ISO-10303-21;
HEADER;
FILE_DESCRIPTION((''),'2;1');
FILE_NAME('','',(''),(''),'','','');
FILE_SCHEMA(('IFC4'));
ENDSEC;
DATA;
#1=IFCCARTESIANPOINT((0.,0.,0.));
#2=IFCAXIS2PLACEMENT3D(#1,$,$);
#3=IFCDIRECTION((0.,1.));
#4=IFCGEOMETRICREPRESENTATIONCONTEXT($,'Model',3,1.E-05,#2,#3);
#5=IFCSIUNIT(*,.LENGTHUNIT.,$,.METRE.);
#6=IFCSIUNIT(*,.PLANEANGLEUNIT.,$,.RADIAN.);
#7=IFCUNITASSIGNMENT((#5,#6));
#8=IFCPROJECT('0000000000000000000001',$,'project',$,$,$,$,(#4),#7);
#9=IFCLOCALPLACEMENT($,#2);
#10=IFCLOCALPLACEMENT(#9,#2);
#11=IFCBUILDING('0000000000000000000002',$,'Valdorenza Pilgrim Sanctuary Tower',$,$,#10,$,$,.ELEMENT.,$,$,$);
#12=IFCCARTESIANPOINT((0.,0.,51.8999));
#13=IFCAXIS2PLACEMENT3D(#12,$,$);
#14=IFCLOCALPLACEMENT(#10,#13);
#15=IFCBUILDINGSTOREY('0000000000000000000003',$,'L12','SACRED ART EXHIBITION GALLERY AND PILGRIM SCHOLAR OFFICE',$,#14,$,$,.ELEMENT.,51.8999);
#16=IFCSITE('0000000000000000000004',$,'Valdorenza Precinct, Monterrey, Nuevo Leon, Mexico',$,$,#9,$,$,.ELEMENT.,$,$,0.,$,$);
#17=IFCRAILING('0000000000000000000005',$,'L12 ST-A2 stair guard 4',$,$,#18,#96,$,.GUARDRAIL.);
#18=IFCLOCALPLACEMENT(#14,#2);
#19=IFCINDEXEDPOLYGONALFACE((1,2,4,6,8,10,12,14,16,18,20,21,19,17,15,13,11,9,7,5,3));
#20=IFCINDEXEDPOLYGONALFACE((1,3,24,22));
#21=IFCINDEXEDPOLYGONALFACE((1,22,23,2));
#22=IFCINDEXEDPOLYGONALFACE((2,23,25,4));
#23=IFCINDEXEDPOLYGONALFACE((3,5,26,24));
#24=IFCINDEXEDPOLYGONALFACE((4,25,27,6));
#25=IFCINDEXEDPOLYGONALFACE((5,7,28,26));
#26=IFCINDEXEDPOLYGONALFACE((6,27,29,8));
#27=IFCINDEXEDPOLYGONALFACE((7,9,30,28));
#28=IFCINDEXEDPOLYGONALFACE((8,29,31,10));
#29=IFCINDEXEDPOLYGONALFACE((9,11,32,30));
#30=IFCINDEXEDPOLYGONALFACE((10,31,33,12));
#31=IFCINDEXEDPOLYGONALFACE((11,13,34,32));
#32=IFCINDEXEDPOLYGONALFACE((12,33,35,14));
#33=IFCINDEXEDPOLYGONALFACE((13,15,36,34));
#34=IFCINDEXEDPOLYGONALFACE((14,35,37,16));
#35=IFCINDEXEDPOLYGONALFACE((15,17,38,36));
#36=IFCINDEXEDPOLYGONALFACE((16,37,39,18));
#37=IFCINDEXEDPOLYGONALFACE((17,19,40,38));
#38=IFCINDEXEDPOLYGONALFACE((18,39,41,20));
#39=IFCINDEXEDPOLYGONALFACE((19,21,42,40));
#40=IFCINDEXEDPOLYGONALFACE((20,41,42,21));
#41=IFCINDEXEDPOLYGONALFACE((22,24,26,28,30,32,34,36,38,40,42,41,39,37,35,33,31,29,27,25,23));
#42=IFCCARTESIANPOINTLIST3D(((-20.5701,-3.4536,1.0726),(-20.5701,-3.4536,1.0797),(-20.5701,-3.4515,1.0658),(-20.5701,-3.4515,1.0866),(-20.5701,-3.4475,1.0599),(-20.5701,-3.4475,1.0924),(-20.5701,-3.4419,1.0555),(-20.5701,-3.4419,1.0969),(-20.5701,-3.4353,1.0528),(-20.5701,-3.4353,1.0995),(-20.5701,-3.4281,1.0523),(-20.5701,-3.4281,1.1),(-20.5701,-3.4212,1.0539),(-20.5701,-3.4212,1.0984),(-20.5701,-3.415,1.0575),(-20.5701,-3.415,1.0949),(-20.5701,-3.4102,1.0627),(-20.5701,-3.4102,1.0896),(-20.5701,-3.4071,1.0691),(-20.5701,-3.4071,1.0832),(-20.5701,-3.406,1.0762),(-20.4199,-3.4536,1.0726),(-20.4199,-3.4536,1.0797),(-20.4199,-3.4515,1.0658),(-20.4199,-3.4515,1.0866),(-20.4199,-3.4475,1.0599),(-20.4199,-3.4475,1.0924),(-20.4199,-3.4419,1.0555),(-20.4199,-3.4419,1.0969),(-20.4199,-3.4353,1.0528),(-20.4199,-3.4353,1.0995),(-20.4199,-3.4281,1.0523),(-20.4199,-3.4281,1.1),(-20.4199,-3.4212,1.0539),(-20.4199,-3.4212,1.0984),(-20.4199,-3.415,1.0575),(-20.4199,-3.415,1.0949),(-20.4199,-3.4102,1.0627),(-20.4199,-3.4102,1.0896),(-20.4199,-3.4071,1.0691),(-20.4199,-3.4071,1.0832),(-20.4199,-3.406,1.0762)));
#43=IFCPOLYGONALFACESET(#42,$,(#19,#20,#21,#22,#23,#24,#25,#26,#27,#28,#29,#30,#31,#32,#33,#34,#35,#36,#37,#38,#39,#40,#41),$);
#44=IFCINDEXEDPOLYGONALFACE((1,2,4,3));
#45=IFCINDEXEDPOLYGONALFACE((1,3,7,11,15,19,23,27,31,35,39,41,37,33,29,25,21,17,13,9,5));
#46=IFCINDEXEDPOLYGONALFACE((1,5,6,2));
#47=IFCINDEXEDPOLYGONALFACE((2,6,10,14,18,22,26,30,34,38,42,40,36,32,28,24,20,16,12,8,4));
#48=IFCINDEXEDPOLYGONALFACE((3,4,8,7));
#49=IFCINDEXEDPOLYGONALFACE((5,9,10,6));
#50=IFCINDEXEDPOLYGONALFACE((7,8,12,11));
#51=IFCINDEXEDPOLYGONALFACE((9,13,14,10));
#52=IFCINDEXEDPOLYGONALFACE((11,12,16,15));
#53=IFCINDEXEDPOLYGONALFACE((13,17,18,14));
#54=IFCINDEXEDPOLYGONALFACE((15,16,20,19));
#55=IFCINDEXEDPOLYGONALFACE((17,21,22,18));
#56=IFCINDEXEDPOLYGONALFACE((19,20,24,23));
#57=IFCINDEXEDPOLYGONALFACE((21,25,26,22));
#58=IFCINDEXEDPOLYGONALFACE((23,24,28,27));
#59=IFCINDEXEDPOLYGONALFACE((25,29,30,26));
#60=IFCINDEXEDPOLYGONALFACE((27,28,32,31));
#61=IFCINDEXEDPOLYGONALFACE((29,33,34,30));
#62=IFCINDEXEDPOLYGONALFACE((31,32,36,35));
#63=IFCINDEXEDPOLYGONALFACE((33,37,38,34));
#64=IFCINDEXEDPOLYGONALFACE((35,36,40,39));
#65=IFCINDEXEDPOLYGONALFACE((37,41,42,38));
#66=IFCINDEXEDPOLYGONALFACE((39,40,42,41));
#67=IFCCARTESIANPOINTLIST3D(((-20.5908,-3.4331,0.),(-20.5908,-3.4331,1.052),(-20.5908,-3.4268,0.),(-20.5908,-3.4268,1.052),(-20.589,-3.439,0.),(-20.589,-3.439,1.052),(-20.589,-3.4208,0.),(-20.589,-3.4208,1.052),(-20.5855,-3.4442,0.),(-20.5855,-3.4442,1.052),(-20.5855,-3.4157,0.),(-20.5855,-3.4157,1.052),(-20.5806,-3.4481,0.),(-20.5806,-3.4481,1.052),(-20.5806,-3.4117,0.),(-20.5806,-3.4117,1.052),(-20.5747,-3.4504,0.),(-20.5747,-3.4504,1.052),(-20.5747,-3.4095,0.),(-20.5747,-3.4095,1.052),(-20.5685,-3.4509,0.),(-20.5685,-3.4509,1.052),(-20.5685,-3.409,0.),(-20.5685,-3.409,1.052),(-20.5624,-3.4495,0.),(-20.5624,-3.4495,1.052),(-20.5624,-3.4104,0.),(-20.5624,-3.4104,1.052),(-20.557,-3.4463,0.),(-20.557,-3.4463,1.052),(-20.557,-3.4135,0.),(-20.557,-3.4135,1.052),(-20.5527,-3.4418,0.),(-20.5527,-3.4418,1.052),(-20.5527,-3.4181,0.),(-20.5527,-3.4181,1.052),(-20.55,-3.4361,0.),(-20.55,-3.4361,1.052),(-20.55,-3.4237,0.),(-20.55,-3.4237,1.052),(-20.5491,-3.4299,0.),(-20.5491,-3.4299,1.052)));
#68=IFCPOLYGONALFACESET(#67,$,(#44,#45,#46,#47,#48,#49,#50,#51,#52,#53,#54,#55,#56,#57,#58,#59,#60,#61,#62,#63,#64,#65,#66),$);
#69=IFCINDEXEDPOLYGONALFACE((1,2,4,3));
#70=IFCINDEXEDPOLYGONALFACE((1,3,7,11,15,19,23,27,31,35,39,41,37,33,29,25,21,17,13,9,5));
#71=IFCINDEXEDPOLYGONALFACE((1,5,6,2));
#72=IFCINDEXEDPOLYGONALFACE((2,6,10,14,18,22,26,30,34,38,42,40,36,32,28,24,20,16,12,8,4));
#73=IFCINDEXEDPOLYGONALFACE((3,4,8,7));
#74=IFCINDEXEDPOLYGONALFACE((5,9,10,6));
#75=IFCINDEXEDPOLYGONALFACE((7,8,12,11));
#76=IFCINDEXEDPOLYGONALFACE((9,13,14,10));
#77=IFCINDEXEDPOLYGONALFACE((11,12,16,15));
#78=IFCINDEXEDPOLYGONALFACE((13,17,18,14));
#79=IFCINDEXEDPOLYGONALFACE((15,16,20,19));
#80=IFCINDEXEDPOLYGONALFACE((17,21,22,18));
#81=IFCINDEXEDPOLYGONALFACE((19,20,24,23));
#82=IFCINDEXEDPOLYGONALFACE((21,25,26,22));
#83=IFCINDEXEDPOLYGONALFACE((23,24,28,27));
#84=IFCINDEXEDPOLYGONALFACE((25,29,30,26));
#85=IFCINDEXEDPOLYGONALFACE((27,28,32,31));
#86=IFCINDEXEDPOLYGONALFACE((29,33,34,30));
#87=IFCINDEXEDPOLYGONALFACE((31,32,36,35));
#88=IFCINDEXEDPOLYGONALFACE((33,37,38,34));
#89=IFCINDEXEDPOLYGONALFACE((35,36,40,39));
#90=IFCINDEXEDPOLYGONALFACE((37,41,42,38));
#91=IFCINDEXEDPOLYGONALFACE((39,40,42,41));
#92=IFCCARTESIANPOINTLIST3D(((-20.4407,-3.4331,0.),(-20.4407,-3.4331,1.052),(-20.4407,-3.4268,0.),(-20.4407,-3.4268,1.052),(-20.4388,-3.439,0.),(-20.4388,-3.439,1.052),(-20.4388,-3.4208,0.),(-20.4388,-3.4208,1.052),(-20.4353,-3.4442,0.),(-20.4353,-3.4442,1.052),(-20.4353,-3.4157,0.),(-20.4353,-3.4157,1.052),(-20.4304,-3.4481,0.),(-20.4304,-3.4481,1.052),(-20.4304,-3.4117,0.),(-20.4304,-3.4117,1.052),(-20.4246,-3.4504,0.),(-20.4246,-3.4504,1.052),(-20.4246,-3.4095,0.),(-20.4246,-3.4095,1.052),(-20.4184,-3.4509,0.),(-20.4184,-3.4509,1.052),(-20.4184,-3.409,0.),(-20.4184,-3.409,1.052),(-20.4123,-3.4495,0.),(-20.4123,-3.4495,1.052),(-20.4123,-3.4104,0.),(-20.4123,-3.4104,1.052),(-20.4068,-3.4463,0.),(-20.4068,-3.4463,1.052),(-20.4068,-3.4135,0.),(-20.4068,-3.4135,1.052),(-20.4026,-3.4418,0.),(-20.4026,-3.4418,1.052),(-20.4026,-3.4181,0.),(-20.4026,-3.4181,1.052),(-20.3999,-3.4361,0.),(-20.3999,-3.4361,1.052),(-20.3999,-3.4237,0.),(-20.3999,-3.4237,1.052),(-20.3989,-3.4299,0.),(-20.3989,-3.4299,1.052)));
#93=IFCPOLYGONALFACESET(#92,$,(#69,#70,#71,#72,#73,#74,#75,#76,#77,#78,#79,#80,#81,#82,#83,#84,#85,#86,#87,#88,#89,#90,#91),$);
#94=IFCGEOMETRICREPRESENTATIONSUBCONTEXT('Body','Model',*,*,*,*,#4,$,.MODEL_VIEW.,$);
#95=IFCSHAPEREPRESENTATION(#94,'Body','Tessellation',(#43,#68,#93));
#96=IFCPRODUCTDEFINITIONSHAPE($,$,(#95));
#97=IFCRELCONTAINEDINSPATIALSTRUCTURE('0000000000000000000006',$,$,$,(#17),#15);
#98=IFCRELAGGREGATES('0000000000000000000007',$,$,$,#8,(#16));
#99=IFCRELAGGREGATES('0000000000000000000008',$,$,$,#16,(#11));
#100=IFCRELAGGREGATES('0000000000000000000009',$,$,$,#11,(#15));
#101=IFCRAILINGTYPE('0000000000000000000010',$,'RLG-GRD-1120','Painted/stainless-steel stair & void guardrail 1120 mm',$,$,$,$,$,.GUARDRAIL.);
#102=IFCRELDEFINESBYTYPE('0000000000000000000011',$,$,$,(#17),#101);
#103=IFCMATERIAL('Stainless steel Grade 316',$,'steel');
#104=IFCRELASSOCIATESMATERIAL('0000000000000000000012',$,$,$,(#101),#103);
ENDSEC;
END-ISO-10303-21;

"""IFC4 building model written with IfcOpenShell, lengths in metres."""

from ifc_helpers import new_model, si_unit, direction, frame, origin, origin_2d, place, context, subcontext, project, spatial, circle, extrude, material, type_object, element, save


model = new_model("IFC4")

# Units and contexts
model_context = context("Model", 3, precision=1e-05, world=origin(), true_north=direction((0.0, 1.0)))
body_context = subcontext(model_context, "Body", "Model", "MODEL_VIEW")
ifc_project = project(units=[si_unit("LENGTHUNIT", "METRE"), si_unit("PLANEANGLEUNIT", "RADIAN")], contexts=[model_context])

# Site, building, storey
site_placement = place(None, origin())
site = spatial("IfcSite", under=ifc_project, at=site_placement, Name="Valdorenza Precinct, Monterrey, Nuevo Leon, Mexico", CompositionType="ELEMENT", RefElevation=0.0)
building_placement = place(site_placement, origin())
building = spatial("IfcBuilding", under=site, at=building_placement, Name="Valdorenza Pilgrim Sanctuary Tower", CompositionType="ELEMENT")
storey_placement = place(building_placement, frame((0.0, 0.0, 51.8999)))
storey = spatial("IfcBuildingStorey", under=building, at=storey_placement, Name="L12", Description="SACRED ART EXHIBITION GALLERY AND PILGRIM SCHOLAR OFFICE", CompositionType="ELEMENT", Elevation=51.8999)

# Railing
ifc_material_1 = material(Name="Stainless steel Grade 316", Category="steel")
railing_type_1 = type_object("IfcRailingType", Name="RLG-GRD-1120", Description="Painted/stainless-steel stair & void guardrail 1120 mm", PredefinedType="GUARDRAIL", material=ifc_material_1)
railing_1_placement = place(storey_placement, frame((-20.5701, -3.4299, 0.0)))
element("IfcRailing", 1, at=railing_1_placement, inside=storey, type_object=railing_type_1, Name="L12 ST-A2 stair guard 4", PredefinedType="GUARDRAIL", context=body_context, shape_type="SweptSolid", body=[
    extrude(circle(Radius=0.0239, at=origin_2d()), frame((0.0, 0.0, 1.0762), z_axis=(1.0, 0.0, 0.0), x_axis=(0.0, 1.0, 0.0)), (0.0, 0.0, 1.0), 0.1501),
    extrude(circle(Radius=0.021, at=origin_2d()), origin(), (0.0, 0.0, 1.0), 1.052),
    extrude(circle(Radius=0.021, at=origin_2d()), frame((0.1501, 0.0, 0.0)), (0.0, 0.0, 1.0), 1.052),
])

save(model, "model.ifc")
